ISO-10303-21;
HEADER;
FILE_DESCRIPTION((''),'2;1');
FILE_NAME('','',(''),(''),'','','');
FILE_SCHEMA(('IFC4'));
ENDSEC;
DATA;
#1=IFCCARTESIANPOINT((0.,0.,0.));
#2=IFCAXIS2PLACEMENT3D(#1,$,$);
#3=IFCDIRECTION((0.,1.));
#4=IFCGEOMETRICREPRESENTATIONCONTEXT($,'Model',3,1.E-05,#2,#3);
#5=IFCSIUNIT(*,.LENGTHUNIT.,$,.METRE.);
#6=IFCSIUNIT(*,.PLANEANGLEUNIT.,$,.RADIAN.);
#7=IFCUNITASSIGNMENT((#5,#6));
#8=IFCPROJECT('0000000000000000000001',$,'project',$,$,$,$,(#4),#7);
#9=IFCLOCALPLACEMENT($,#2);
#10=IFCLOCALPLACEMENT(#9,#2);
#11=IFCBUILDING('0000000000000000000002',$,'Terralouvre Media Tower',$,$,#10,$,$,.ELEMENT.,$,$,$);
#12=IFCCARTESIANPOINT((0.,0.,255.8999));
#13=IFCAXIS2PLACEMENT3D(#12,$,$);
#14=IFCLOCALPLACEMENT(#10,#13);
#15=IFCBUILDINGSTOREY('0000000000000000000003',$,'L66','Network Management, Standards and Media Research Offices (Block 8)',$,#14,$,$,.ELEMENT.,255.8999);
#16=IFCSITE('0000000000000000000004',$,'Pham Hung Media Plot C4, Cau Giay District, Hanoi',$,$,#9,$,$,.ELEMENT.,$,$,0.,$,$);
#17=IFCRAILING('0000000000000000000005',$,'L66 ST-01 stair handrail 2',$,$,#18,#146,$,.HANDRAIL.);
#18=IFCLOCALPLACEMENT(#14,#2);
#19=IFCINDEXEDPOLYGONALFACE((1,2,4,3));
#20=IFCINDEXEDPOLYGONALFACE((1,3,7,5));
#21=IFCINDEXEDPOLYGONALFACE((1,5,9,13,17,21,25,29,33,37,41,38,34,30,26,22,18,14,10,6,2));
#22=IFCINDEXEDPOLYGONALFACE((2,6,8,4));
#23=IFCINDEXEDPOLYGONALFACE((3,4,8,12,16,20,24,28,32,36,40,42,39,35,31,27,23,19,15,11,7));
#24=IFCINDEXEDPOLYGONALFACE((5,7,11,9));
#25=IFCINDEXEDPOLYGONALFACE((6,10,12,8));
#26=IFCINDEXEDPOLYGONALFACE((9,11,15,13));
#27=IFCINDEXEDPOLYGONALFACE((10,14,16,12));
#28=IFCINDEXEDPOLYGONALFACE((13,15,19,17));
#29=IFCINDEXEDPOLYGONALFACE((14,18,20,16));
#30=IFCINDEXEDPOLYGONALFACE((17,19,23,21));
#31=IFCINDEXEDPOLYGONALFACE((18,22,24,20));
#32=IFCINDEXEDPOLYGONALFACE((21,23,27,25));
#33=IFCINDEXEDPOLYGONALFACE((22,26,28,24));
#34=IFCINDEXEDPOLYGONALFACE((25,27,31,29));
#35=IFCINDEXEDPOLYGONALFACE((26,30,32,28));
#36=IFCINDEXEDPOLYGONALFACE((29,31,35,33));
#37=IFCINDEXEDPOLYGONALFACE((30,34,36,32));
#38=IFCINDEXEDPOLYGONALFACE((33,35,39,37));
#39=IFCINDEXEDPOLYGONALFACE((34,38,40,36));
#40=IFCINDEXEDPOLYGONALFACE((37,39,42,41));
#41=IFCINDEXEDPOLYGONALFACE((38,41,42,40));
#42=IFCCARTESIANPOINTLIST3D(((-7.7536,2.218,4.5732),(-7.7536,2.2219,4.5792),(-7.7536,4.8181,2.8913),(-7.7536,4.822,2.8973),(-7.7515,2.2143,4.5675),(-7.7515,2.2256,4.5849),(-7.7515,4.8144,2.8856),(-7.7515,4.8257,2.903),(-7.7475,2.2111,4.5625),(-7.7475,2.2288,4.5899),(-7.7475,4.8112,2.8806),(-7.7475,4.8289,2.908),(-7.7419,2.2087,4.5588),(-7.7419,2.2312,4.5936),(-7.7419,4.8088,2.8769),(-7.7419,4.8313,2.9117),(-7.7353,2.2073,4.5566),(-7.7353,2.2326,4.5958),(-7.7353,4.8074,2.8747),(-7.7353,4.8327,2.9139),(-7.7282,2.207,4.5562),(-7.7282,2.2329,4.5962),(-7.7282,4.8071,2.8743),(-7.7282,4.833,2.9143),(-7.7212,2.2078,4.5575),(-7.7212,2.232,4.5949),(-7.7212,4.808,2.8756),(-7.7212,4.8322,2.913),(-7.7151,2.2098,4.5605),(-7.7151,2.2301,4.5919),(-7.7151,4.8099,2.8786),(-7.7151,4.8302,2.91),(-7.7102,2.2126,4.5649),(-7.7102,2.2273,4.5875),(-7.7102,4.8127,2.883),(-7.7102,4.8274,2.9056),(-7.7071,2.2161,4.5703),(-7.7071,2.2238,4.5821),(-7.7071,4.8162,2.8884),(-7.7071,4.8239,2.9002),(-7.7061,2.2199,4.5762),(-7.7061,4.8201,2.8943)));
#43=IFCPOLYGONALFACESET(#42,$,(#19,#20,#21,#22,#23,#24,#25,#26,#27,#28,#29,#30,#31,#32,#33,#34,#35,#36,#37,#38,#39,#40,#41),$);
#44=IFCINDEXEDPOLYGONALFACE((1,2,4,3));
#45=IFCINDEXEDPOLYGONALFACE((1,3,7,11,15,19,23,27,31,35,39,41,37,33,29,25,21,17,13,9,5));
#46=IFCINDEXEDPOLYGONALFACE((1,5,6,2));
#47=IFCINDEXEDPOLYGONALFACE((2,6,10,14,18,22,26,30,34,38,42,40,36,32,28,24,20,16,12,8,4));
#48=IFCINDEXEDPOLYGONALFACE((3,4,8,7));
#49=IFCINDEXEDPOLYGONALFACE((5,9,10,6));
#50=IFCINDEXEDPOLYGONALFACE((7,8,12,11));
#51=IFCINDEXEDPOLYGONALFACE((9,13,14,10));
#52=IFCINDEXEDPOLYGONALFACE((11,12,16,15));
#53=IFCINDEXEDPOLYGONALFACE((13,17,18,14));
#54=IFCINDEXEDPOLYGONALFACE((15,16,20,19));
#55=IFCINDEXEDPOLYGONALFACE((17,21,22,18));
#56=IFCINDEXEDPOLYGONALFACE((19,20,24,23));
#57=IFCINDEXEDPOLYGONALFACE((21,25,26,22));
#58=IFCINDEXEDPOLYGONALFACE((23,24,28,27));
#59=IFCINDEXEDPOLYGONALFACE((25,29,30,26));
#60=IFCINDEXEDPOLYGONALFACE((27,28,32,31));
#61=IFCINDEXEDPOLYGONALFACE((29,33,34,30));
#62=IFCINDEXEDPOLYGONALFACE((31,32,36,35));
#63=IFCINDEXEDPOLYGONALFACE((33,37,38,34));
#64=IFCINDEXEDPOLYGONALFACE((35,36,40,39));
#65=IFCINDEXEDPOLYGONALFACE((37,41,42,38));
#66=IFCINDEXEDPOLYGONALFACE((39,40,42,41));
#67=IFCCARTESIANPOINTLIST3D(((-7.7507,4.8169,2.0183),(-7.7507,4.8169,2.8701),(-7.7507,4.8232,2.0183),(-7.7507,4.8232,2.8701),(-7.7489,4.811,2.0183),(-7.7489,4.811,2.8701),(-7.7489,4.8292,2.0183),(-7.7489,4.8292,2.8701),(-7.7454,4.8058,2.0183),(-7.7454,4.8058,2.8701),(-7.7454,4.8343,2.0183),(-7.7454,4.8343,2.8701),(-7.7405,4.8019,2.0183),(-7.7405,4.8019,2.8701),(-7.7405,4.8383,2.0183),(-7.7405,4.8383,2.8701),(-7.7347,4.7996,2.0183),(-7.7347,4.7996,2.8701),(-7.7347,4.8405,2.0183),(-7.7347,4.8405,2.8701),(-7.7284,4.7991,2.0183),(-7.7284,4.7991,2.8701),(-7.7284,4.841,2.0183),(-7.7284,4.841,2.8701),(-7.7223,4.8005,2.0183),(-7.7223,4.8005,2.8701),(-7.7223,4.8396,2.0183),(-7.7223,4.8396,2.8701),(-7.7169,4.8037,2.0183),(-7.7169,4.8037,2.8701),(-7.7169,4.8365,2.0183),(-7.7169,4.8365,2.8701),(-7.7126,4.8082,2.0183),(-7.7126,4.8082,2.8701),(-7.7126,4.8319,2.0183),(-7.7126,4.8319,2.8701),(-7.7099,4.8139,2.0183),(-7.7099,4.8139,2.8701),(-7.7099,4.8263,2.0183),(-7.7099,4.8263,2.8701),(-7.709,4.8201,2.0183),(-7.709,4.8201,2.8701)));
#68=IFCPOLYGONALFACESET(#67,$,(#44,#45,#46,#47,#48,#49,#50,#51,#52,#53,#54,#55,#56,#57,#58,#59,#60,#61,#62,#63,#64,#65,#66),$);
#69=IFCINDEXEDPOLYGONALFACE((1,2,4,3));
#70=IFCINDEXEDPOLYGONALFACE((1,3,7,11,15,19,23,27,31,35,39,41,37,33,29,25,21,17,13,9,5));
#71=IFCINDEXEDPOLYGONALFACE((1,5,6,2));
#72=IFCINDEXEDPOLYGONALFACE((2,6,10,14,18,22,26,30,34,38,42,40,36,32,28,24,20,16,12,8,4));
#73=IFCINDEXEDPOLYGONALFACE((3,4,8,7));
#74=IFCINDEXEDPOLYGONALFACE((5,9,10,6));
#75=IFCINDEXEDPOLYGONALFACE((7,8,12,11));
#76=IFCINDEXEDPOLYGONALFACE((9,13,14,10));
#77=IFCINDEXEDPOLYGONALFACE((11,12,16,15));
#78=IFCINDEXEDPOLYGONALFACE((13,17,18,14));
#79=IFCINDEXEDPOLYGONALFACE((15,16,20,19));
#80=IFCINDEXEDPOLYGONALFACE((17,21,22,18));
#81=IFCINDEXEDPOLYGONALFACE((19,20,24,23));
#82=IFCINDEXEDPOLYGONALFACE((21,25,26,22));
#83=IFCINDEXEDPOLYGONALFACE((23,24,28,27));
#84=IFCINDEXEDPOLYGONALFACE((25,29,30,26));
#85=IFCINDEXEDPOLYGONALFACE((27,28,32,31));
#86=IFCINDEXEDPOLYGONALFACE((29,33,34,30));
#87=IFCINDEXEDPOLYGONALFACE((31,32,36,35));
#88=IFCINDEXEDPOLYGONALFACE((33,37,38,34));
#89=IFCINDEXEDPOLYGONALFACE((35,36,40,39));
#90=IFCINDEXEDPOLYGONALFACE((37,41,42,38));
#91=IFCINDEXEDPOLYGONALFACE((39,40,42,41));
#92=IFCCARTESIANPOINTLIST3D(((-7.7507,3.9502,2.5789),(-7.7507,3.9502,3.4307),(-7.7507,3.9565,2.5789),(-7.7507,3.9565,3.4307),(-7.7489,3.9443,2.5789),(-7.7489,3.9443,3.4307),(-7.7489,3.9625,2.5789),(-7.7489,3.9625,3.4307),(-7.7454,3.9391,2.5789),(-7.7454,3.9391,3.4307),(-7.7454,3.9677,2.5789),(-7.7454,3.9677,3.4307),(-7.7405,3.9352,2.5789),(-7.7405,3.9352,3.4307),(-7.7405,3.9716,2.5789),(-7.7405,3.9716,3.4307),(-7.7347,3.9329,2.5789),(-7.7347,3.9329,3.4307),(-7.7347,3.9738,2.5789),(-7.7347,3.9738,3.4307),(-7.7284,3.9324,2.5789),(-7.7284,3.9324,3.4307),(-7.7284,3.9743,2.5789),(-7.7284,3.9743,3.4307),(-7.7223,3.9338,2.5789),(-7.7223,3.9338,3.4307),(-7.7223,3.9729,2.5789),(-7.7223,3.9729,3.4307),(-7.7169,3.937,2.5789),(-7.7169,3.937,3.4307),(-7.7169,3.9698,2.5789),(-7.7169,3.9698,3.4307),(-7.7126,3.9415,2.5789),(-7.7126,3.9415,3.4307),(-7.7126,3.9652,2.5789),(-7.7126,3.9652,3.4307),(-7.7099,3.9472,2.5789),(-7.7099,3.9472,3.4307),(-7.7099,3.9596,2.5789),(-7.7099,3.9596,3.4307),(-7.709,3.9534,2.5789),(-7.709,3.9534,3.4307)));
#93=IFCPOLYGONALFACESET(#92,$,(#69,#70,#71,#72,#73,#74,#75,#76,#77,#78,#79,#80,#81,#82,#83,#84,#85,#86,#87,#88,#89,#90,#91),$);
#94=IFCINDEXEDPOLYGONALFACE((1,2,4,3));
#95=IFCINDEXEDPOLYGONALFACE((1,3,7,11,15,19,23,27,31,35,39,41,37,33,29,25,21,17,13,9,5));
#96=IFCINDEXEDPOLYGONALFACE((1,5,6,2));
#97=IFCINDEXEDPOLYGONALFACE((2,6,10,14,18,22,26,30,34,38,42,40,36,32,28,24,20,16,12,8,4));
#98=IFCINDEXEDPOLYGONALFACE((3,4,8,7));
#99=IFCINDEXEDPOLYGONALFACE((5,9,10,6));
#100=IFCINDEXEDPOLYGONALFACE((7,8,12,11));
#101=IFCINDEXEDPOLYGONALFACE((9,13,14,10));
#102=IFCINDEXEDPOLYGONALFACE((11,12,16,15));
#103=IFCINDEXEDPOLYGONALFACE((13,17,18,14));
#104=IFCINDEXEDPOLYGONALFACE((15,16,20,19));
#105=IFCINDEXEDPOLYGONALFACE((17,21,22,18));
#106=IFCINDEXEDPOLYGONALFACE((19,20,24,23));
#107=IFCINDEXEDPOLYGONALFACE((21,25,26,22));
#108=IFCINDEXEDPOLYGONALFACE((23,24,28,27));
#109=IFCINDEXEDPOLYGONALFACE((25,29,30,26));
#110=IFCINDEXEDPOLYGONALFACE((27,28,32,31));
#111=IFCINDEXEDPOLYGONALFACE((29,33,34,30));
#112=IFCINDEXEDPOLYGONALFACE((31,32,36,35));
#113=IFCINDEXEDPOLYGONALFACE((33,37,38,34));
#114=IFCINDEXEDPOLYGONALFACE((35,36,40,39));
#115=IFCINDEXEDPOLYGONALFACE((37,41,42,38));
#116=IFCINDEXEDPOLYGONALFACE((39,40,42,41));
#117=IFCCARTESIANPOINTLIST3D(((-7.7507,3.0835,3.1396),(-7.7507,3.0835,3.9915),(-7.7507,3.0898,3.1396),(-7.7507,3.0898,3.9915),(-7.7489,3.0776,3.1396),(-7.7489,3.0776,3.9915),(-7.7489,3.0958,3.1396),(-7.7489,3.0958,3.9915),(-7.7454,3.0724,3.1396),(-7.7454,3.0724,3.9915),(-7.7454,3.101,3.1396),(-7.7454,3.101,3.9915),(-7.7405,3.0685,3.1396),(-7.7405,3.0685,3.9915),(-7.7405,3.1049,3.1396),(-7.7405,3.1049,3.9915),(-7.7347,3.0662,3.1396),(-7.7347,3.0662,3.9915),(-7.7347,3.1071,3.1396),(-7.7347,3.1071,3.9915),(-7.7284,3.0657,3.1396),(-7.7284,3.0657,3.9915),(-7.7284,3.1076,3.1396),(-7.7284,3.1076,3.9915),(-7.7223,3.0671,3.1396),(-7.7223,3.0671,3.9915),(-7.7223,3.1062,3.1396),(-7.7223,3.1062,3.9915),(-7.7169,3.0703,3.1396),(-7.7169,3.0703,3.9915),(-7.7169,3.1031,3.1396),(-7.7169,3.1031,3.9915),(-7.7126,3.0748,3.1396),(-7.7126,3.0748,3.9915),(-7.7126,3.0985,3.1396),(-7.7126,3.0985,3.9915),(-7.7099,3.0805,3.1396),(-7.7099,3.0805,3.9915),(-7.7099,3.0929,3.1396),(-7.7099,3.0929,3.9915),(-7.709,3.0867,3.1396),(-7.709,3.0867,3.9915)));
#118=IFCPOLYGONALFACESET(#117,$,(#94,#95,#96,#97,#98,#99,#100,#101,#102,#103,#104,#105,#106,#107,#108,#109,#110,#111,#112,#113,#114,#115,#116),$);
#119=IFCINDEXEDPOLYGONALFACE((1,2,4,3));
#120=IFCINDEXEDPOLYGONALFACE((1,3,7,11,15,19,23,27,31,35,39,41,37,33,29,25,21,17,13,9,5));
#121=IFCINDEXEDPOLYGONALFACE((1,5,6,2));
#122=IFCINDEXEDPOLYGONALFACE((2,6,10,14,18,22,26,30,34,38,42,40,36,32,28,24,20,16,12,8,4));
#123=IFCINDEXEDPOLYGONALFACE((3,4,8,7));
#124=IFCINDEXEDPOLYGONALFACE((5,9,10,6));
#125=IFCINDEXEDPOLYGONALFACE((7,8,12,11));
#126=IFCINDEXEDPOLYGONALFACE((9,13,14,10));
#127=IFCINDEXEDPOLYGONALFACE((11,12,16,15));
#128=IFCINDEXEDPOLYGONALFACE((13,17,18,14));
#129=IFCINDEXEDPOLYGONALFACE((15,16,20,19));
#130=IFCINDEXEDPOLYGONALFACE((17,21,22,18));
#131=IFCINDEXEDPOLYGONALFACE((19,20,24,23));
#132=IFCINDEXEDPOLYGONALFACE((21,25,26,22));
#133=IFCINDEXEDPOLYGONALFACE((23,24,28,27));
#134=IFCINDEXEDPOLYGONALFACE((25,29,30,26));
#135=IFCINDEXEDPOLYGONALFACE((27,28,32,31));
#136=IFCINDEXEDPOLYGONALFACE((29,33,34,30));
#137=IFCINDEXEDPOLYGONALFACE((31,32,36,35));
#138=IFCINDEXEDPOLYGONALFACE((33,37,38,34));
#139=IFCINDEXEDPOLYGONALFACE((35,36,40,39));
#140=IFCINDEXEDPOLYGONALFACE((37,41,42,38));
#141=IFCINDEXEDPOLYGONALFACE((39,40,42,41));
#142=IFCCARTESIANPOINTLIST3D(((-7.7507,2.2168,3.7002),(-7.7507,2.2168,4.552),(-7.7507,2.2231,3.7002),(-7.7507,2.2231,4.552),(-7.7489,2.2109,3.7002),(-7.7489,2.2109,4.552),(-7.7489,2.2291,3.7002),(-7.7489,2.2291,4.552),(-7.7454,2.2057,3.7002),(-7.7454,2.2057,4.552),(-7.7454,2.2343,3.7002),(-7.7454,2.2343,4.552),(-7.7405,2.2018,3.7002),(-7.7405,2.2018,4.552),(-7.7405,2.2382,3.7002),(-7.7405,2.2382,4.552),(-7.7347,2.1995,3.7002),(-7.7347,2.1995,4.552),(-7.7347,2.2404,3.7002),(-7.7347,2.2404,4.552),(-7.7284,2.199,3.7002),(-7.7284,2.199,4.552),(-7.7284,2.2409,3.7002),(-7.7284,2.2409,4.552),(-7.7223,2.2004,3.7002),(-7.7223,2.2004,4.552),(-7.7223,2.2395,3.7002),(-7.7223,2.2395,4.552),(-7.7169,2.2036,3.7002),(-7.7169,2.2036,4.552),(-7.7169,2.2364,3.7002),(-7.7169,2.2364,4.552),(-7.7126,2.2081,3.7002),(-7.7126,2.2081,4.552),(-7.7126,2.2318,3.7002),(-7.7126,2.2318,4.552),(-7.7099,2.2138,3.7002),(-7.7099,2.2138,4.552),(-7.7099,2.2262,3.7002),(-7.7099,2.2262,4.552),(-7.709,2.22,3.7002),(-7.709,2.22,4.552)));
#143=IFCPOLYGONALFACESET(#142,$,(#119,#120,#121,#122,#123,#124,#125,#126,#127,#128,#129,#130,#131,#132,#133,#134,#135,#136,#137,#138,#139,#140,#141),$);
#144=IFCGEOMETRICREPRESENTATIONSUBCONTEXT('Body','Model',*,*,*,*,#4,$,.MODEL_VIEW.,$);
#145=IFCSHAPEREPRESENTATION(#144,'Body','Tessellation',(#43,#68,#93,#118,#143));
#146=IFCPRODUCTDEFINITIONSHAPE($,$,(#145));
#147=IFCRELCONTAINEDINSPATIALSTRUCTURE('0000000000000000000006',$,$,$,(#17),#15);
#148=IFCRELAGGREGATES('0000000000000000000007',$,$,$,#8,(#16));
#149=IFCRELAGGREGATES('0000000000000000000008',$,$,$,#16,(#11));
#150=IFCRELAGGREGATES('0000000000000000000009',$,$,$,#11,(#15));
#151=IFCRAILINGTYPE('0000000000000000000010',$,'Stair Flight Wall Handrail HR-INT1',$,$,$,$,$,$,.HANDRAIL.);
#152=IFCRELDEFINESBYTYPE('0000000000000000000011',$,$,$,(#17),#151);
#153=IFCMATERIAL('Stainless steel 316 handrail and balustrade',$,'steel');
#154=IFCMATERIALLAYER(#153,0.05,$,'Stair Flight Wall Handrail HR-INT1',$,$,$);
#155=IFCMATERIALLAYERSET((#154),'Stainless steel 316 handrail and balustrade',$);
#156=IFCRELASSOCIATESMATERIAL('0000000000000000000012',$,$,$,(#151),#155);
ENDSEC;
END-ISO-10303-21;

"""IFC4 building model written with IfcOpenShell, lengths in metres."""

from ifc_helpers import new_model, si_unit, direction, frame, origin, origin_2d, place, context, subcontext, project, spatial, circle, extrude, material, layer, layer_set, type_object, element, save


model = new_model("IFC4")

# Units and contexts
model_context = context("Model", 3, precision=1e-05, world=origin(), true_north=direction((0.0, 1.0)))
body_context = subcontext(model_context, "Body", "Model", "MODEL_VIEW")
ifc_project = project(units=[si_unit("LENGTHUNIT", "METRE"), si_unit("PLANEANGLEUNIT", "RADIAN")], contexts=[model_context])

# Site, building, storey
site_placement = place(None, origin())
site = spatial("IfcSite", under=ifc_project, at=site_placement, Name="Pham Hung Media Plot C4, Cau Giay District, Hanoi", CompositionType="ELEMENT", RefElevation=0.0)
building_placement = place(site_placement, origin())
building = spatial("IfcBuilding", under=site, at=building_placement, Name="Terralouvre Media Tower", CompositionType="ELEMENT")
storey_placement = place(building_placement, frame((0.0, 0.0, 255.8999)))
storey = spatial("IfcBuildingStorey", under=building, at=storey_placement, Name="L66", Description="Network Management, Standards and Media Research Offices (Block 8)", CompositionType="ELEMENT", Elevation=255.8999)

# Railing
ifc_material_1 = material(Name="Stainless steel 316 handrail and balustrade", Category="steel")
ifc_layer_1 = layer(ifc_material_1, 0.05, Name="Stair Flight Wall Handrail HR-INT1")
ifc_layer_set_1 = layer_set([ifc_layer_1], Name="Stainless steel 316 handrail and balustrade")
railing_type_1 = type_object("IfcRailingType", Name="Stair Flight Wall Handrail HR-INT1", PredefinedType="HANDRAIL", material=ifc_layer_set_1)
railing_1_placement = place(storey_placement, frame((-7.73, 4.8201, 2.0183)))
element("IfcRailing", 1, at=railing_1_placement, inside=storey, type_object=railing_type_1, Name="L66 ST-01 stair handrail 2", PredefinedType="HANDRAIL", context=body_context, shape_type="SweptSolid", body=[
    extrude(circle(Radius=0.0239, at=origin_2d()), frame((0.0, 0.0, 0.876), z_axis=(0.0, -0.839648, 0.54313), x_axis=(1.0, 0.0, 0.0)), (0.0, 0.0, 1.0), 3.0967),
    extrude(circle(Radius=0.021, at=origin_2d()), origin(), (0.0, 0.0, 1.0), 0.8518),
    extrude(circle(Radius=0.021, at=origin_2d()), frame((0.0, -0.8667, 0.5605)), (0.0, 0.0, 1.0), 0.8518),
    extrude(circle(Radius=0.021, at=origin_2d()), frame((0.0, -1.7334, 1.1213)), (0.0, 0.0, 1.0), 0.8518),
    extrude(circle(Radius=0.021, at=origin_2d()), frame((0.0, -2.6001, 1.6819)), (0.0, 0.0, 1.0), 0.8518),
])

save(model, "model.ifc")
